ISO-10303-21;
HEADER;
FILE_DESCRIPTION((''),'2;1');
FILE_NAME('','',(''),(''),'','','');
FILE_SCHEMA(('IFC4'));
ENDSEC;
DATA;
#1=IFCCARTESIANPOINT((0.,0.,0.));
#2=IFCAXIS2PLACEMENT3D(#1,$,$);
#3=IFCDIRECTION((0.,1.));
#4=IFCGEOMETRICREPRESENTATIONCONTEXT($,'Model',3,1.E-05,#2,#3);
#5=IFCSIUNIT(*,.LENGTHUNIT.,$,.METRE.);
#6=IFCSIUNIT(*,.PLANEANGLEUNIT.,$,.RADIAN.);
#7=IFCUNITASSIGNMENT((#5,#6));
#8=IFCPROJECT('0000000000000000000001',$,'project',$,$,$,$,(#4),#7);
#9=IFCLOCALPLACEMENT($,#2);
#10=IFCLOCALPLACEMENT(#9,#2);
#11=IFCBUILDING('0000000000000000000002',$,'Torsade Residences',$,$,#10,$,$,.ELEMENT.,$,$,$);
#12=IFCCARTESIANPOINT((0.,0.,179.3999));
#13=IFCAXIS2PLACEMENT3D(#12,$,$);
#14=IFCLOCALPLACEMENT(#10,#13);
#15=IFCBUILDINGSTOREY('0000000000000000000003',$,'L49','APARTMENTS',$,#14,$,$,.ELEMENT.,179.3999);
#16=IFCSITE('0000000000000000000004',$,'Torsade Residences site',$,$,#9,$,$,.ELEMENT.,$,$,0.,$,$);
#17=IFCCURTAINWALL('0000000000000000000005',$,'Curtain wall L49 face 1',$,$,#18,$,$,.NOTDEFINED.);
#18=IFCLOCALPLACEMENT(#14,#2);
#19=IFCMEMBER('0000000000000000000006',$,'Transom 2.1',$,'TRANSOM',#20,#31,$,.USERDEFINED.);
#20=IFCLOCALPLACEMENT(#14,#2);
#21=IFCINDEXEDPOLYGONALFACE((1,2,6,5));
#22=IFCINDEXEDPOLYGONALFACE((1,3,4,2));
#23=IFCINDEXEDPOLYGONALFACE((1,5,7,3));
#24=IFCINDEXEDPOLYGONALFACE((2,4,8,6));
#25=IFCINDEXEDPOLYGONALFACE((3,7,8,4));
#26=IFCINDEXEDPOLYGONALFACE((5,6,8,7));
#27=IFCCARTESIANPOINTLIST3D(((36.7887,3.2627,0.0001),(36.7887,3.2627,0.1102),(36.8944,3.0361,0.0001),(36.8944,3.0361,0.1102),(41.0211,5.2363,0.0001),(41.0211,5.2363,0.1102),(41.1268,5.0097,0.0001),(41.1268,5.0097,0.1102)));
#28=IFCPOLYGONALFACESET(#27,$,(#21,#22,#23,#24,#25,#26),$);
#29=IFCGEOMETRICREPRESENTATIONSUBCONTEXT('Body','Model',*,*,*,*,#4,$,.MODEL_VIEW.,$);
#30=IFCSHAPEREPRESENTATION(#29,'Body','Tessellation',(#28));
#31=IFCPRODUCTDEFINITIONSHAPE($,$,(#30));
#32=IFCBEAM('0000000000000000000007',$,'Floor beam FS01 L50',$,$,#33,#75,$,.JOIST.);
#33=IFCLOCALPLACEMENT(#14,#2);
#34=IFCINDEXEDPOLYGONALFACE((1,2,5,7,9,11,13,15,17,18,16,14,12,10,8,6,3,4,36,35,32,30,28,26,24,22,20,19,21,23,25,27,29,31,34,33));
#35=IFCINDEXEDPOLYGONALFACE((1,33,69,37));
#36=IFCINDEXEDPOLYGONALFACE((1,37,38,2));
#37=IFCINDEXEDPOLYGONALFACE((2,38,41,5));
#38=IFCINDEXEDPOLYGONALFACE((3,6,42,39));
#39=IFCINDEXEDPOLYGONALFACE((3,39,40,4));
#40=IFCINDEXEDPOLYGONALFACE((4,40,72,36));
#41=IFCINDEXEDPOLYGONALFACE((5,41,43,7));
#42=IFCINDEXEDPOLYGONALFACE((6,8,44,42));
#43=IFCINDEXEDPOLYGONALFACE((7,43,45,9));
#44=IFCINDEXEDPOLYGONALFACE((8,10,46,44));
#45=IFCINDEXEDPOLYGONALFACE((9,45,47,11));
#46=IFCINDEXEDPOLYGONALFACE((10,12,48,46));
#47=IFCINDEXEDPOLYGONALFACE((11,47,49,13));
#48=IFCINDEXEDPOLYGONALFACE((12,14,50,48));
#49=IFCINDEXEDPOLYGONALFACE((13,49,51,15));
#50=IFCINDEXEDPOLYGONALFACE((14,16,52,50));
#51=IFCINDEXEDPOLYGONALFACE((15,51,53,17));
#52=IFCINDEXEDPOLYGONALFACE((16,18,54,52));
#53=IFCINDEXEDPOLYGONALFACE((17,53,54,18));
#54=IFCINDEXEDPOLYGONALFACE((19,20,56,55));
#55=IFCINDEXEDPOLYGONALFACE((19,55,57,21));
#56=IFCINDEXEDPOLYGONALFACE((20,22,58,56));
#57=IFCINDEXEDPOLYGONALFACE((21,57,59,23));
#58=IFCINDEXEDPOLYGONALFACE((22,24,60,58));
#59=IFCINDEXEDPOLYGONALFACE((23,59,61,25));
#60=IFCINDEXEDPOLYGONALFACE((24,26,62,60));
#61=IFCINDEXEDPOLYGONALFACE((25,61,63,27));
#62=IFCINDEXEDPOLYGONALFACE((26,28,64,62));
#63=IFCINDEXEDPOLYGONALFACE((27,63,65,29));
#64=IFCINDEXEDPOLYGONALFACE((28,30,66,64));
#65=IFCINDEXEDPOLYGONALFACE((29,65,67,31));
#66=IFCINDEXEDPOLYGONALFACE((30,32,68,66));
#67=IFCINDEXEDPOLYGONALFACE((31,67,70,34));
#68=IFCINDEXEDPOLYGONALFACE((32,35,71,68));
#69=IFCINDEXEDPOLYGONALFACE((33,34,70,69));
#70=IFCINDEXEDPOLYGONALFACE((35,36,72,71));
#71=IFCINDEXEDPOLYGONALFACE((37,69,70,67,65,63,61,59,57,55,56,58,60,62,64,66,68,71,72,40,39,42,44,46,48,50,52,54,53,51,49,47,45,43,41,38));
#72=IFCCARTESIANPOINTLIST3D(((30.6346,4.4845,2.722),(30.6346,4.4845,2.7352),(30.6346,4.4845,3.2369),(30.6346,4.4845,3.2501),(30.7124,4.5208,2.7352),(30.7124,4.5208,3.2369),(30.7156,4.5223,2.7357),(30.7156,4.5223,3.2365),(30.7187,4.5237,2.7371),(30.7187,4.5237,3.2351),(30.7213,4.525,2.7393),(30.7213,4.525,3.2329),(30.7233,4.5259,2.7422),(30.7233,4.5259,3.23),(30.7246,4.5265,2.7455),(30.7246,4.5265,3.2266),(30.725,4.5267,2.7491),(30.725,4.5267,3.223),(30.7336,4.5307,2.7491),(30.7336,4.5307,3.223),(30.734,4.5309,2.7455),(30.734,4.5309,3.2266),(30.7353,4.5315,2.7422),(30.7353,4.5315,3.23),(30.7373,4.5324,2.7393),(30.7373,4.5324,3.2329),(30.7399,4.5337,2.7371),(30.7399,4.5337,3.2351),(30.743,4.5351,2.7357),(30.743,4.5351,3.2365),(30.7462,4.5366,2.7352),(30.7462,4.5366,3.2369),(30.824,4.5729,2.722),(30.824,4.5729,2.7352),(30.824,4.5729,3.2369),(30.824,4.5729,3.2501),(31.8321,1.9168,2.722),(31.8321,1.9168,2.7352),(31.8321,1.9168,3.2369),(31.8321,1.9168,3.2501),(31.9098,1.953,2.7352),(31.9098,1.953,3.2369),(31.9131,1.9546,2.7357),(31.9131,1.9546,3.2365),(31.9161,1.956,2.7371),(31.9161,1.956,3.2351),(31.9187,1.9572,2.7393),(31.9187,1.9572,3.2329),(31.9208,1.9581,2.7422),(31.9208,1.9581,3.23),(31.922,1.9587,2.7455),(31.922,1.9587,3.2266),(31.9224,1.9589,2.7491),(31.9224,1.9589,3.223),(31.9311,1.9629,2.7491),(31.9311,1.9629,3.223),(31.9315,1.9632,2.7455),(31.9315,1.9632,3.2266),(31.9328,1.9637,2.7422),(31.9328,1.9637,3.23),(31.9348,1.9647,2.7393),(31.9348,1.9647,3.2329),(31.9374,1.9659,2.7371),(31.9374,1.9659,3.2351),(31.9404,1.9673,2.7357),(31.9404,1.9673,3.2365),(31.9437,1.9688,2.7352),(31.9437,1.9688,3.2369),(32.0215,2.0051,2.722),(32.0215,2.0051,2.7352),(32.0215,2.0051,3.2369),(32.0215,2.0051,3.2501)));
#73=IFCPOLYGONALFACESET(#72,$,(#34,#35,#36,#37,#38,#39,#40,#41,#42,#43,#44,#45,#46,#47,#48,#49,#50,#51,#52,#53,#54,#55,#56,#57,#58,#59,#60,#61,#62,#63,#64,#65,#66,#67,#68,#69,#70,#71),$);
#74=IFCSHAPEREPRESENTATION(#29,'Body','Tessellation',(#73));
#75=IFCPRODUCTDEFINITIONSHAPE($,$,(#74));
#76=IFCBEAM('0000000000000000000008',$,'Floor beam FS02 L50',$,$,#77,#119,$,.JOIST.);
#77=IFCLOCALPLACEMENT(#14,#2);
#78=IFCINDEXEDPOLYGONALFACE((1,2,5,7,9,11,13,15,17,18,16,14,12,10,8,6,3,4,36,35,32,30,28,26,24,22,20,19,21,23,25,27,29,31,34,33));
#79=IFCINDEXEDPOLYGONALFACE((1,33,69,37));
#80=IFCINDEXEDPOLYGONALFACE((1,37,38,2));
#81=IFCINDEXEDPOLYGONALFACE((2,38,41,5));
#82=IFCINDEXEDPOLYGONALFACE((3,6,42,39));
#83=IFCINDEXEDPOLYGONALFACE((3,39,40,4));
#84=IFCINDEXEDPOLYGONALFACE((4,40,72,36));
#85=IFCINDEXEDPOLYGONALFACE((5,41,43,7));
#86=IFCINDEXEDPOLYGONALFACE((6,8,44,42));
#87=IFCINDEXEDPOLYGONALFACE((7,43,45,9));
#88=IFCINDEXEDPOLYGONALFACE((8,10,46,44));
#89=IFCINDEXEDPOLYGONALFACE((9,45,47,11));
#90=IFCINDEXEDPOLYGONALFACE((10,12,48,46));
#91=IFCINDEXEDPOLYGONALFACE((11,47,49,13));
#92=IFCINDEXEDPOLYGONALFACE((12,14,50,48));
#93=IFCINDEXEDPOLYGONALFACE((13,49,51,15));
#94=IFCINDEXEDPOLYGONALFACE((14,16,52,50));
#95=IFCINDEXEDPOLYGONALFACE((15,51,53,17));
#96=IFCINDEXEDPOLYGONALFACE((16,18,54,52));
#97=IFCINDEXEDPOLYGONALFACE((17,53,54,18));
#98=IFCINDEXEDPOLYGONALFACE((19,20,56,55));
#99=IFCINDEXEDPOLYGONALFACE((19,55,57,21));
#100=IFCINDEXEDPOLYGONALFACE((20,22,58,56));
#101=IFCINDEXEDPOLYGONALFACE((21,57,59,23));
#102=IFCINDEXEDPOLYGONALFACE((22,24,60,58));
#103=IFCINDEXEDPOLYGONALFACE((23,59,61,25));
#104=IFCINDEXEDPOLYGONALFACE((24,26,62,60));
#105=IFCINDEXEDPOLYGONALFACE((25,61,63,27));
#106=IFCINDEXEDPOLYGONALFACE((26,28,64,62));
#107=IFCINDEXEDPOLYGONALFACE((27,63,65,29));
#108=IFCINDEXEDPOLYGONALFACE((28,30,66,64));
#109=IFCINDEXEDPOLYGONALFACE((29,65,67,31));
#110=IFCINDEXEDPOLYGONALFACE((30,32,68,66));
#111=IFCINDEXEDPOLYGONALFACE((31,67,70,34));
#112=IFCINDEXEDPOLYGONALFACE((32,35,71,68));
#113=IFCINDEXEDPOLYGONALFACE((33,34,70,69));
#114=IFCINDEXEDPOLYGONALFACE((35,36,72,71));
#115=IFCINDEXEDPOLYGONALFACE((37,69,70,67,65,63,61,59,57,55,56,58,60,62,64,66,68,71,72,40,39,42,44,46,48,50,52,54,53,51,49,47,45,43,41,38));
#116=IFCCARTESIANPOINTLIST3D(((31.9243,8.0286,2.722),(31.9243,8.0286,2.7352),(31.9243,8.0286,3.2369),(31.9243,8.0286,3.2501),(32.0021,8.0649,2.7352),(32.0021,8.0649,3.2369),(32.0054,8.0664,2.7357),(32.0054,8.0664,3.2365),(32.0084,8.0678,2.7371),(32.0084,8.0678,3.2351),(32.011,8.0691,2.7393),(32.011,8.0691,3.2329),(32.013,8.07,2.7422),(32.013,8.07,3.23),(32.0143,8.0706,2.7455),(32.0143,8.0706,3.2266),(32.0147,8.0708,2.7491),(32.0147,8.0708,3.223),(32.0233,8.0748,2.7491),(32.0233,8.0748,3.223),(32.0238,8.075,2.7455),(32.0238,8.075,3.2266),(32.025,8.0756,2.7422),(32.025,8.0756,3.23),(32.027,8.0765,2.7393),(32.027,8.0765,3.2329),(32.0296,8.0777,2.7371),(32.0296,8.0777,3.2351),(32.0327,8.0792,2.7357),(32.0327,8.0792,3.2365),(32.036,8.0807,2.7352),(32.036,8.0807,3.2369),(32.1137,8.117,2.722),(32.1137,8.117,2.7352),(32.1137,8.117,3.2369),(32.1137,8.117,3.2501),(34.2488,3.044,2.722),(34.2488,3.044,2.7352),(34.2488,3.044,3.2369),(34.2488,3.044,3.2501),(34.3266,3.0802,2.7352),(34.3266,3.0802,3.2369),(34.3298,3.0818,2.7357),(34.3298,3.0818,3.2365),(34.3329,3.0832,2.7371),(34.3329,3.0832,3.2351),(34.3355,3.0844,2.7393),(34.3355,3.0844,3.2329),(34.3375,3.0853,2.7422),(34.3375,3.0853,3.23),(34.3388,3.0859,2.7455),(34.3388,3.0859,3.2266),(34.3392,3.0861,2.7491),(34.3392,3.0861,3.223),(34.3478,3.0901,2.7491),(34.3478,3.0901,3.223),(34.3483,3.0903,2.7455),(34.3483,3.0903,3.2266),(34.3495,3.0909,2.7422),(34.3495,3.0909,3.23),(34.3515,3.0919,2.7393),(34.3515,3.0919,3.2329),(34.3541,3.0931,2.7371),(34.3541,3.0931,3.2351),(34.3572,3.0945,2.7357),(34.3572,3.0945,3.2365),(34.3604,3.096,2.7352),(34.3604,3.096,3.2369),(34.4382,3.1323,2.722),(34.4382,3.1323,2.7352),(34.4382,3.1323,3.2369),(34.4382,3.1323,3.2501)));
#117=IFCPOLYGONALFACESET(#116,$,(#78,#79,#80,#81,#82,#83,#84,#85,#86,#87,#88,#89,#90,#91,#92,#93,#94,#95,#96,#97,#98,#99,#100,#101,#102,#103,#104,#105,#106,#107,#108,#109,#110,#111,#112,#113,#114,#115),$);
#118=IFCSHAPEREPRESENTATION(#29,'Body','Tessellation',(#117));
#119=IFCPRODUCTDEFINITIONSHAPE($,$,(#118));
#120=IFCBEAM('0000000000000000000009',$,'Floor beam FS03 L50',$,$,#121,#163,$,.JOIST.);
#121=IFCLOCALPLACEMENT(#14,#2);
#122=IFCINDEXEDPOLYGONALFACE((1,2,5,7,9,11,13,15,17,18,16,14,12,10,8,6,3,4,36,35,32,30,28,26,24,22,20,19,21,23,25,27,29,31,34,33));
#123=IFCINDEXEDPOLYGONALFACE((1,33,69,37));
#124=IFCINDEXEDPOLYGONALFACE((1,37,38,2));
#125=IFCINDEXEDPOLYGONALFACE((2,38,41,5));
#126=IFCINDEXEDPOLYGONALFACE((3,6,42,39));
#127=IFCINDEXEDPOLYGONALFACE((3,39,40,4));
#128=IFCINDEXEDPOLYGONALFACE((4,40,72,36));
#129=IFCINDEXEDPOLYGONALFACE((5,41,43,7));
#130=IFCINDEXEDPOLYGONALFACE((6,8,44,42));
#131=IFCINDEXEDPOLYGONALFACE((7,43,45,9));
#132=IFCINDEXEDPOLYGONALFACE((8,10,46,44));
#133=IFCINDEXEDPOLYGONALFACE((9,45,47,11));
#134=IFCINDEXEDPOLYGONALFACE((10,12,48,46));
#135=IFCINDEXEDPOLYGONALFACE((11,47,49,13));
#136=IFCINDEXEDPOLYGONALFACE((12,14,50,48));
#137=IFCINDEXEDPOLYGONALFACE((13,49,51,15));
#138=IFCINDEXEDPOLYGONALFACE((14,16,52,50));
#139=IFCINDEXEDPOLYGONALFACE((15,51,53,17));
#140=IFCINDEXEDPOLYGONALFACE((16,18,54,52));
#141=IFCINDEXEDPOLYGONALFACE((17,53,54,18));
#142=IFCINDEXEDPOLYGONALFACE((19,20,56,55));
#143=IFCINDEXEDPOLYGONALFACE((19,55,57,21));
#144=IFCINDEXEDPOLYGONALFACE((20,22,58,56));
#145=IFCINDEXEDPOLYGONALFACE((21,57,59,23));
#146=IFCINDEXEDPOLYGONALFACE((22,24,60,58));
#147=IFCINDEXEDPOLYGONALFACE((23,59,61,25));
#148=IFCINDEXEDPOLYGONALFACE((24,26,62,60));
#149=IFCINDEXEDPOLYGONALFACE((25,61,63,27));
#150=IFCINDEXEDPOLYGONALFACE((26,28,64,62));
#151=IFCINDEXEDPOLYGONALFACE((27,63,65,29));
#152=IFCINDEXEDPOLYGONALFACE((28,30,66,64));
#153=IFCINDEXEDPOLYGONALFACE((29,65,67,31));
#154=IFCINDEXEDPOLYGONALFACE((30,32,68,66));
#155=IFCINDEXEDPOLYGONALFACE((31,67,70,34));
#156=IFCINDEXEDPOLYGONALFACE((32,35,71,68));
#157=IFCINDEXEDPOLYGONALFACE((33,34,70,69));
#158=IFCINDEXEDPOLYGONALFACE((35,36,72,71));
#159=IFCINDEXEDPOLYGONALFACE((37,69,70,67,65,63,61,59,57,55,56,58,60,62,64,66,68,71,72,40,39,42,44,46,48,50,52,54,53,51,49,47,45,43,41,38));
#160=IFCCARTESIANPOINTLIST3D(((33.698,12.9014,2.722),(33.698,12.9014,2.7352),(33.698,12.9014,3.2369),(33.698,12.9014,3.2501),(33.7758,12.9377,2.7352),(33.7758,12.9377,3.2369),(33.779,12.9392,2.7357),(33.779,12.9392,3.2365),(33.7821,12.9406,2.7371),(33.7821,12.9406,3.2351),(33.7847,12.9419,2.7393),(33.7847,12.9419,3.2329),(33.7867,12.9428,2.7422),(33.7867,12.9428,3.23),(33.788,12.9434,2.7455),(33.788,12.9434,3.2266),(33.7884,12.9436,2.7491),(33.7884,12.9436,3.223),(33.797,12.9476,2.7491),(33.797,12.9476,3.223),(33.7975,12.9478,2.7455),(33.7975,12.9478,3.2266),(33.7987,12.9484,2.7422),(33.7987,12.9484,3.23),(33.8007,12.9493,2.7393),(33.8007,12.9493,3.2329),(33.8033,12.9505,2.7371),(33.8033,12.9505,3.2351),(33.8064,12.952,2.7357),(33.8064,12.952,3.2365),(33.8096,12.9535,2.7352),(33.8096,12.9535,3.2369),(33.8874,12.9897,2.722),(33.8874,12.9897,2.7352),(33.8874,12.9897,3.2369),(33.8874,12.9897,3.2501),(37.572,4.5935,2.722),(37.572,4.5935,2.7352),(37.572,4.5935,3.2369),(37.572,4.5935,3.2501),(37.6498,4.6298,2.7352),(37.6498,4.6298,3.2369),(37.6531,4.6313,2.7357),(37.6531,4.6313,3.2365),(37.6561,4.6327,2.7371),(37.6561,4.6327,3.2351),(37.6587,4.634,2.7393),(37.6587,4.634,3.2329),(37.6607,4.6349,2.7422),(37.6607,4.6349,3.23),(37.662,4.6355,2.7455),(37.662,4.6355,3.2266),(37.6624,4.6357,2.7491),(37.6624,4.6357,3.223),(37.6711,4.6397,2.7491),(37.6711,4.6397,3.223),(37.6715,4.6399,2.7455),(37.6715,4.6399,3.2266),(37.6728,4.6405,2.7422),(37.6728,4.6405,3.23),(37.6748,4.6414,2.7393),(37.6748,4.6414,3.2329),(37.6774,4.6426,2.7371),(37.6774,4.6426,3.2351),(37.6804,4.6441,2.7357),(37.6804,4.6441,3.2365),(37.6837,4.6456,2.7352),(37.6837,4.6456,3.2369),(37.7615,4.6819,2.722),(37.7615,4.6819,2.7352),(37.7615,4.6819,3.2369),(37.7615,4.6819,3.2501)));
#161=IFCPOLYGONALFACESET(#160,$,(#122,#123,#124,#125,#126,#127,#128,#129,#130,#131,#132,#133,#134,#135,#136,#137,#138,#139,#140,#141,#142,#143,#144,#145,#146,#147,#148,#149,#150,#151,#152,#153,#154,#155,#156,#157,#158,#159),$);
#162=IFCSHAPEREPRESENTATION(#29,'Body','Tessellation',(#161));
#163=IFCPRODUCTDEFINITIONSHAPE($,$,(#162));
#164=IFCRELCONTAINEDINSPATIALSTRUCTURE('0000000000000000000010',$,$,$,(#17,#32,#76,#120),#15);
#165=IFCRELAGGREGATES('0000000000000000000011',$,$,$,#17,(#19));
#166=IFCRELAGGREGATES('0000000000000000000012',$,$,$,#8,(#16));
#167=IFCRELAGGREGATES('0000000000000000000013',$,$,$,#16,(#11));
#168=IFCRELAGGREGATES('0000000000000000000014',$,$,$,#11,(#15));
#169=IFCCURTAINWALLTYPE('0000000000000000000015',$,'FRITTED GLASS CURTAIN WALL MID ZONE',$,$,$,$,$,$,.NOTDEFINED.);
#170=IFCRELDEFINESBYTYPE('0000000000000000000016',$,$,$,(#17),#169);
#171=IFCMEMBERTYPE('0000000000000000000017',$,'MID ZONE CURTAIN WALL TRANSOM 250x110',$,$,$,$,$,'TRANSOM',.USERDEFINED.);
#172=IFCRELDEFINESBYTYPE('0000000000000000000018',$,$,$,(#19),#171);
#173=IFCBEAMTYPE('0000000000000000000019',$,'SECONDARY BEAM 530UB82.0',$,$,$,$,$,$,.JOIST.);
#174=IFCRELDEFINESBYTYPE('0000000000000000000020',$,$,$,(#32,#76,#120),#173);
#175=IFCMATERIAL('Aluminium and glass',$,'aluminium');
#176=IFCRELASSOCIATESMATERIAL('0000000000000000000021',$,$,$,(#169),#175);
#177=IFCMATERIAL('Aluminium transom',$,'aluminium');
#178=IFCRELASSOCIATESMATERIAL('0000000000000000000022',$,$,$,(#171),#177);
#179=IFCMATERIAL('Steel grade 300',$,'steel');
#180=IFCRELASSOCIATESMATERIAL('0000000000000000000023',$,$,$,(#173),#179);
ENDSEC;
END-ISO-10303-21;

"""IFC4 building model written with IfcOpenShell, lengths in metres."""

from ifc_helpers import new_model, si_unit, direction, frame, origin, origin_2d, place, context, subcontext, project, spatial, rectangle, i_section, extrude, material, material_profile, profile_set, type_object, element, aggregate, save


model = new_model("IFC4")

# Units and contexts
model_context = context("Model", 3, precision=1e-05, world=origin(), true_north=direction((0.0, 1.0)))
body_context = subcontext(model_context, "Body", "Model", "MODEL_VIEW")
ifc_project = project(units=[si_unit("LENGTHUNIT", "METRE"), si_unit("PLANEANGLEUNIT", "RADIAN")], contexts=[model_context])

# Site, building, storey
site_placement = place(None, origin())
site = spatial("IfcSite", under=ifc_project, at=site_placement, Name="Torsade Residences site", CompositionType="ELEMENT", RefElevation=0.0)
building_placement = place(site_placement, origin())
building = spatial("IfcBuilding", under=site, at=building_placement, Name="Torsade Residences", CompositionType="ELEMENT")
storey_placement = place(building_placement, frame((0.0, 0.0, 179.3999)))
storey = spatial("IfcBuildingStorey", under=building, at=storey_placement, Name="L49", Description="APARTMENTS", CompositionType="ELEMENT", Elevation=179.3999)

# Curtain wall, member
ifc_material_1 = material(Name="Aluminium and glass", Category="aluminium")
curtain_wall_type = type_object("IfcCurtainWallType", Name="FRITTED GLASS CURTAIN WALL MID ZONE", PredefinedType="NOTDEFINED", material=ifc_material_1)
curtain_wall_placement = place(storey_placement, origin())
curtain_wall = element("IfcCurtainWall", 1, at=curtain_wall_placement, inside=storey, type_object=curtain_wall_type, Name="Curtain wall L49 face 1", PredefinedType="NOTDEFINED")
ifc_material_2 = material(Name="Aluminium transom", Category="aluminium")
ifc_material_profile_1 = material_profile(ifc_material_2, rectangle(XDim=0.25, YDim=0.1101, at=origin_2d()), Name="MID ZONE CURTAIN WALL TRANSOM 250x110")
ifc_profile_set_1 = profile_set([ifc_material_profile_1], Name="Aluminium transom")
member_type_1 = type_object("IfcMemberType", Name="MID ZONE CURTAIN WALL TRANSOM 250x110", ElementType="TRANSOM", PredefinedType="USERDEFINED", material=ifc_profile_set_1)
member_1_placement = place(storey_placement, frame((36.8416, 3.1494, 0.0552), z_axis=(0.906306, 0.422622, 0.0), x_axis=(-0.422622, 0.906306, 0.0)))
member_1 = element("IfcMember", 2, at=member_1_placement, type_object=member_type_1, Name="Transom 2.1", ObjectType="TRANSOM", PredefinedType="USERDEFINED", context=body_context, shape_type="SweptSolid", body=[
    extrude(rectangle(XDim=0.25, YDim=0.1101, at=origin_2d()), origin(), (0.0, 0.0, 1.0), 4.6699),
])

# Beams
ifc_material_3 = material(Name="Steel grade 300", Category="steel")
ifc_material_profile_2 = material_profile(ifc_material_3, i_section(OverallWidth=0.209, OverallDepth=0.5281, WebThickness=0.0095, FlangeThickness=0.0132, FilletRadius=0.0139, at=origin_2d()), Name="530UB82.0")
ifc_profile_set_2 = profile_set([ifc_material_profile_2], Name="Steel grade 300")
beam_type_1 = type_object("IfcBeamType", Name="SECONDARY BEAM 530UB82.0", PredefinedType="JOIST", material=ifc_profile_set_2)
beam_1_placement = place(storey_placement, frame((31.9268, 1.9609, 2.9861), z_axis=(-0.422645, 0.906295, 0.0), x_axis=(-0.906295, -0.422645, 0.0)))
element("IfcBeam", 3, at=beam_1_placement, inside=storey, type_object=beam_type_1, Name="Floor beam FS01 L50", PredefinedType="JOIST", context=body_context, shape_type="SweptSolid", body=[
    extrude(i_section(OverallWidth=0.209, OverallDepth=0.5281, WebThickness=0.0095, FlangeThickness=0.0132, FilletRadius=0.0139, at=origin_2d()), origin(), (0.0, 0.0, 1.0), 2.8333),
])
beam_2_placement = place(storey_placement, frame((34.3435, 3.0881, 2.9861), z_axis=(-0.422633, 0.906301, 0.0), x_axis=(-0.906301, -0.422633, 0.0)))
element("IfcBeam", 4, at=beam_2_placement, inside=storey, type_object=beam_type_1, Name="Floor beam FS02 L50", PredefinedType="JOIST", context=body_context, shape_type="SweptSolid", body=[
    extrude(i_section(OverallWidth=0.209, OverallDepth=0.5281, WebThickness=0.0095, FlangeThickness=0.0132, FilletRadius=0.0139, at=origin_2d()), origin(), (0.0, 0.0, 1.0), 5.5),
])
beam_3_placement = place(storey_placement, frame((37.6667, 4.6377, 2.9861), z_axis=(-0.422619, 0.906308, 0.0), x_axis=(-0.906308, -0.422619, 0.0)))
element("IfcBeam", 5, at=beam_3_placement, inside=storey, type_object=beam_type_1, Name="Floor beam FS03 L50", PredefinedType="JOIST", context=body_context, shape_type="SweptSolid", body=[
    extrude(i_section(OverallWidth=0.209, OverallDepth=0.5281, WebThickness=0.0095, FlangeThickness=0.0132, FilletRadius=0.0139, at=origin_2d()), origin(), (0.0, 0.0, 1.0), 9.1667),
])

aggregate(curtain_wall, [member_1])

save(model, "model.ifc")
